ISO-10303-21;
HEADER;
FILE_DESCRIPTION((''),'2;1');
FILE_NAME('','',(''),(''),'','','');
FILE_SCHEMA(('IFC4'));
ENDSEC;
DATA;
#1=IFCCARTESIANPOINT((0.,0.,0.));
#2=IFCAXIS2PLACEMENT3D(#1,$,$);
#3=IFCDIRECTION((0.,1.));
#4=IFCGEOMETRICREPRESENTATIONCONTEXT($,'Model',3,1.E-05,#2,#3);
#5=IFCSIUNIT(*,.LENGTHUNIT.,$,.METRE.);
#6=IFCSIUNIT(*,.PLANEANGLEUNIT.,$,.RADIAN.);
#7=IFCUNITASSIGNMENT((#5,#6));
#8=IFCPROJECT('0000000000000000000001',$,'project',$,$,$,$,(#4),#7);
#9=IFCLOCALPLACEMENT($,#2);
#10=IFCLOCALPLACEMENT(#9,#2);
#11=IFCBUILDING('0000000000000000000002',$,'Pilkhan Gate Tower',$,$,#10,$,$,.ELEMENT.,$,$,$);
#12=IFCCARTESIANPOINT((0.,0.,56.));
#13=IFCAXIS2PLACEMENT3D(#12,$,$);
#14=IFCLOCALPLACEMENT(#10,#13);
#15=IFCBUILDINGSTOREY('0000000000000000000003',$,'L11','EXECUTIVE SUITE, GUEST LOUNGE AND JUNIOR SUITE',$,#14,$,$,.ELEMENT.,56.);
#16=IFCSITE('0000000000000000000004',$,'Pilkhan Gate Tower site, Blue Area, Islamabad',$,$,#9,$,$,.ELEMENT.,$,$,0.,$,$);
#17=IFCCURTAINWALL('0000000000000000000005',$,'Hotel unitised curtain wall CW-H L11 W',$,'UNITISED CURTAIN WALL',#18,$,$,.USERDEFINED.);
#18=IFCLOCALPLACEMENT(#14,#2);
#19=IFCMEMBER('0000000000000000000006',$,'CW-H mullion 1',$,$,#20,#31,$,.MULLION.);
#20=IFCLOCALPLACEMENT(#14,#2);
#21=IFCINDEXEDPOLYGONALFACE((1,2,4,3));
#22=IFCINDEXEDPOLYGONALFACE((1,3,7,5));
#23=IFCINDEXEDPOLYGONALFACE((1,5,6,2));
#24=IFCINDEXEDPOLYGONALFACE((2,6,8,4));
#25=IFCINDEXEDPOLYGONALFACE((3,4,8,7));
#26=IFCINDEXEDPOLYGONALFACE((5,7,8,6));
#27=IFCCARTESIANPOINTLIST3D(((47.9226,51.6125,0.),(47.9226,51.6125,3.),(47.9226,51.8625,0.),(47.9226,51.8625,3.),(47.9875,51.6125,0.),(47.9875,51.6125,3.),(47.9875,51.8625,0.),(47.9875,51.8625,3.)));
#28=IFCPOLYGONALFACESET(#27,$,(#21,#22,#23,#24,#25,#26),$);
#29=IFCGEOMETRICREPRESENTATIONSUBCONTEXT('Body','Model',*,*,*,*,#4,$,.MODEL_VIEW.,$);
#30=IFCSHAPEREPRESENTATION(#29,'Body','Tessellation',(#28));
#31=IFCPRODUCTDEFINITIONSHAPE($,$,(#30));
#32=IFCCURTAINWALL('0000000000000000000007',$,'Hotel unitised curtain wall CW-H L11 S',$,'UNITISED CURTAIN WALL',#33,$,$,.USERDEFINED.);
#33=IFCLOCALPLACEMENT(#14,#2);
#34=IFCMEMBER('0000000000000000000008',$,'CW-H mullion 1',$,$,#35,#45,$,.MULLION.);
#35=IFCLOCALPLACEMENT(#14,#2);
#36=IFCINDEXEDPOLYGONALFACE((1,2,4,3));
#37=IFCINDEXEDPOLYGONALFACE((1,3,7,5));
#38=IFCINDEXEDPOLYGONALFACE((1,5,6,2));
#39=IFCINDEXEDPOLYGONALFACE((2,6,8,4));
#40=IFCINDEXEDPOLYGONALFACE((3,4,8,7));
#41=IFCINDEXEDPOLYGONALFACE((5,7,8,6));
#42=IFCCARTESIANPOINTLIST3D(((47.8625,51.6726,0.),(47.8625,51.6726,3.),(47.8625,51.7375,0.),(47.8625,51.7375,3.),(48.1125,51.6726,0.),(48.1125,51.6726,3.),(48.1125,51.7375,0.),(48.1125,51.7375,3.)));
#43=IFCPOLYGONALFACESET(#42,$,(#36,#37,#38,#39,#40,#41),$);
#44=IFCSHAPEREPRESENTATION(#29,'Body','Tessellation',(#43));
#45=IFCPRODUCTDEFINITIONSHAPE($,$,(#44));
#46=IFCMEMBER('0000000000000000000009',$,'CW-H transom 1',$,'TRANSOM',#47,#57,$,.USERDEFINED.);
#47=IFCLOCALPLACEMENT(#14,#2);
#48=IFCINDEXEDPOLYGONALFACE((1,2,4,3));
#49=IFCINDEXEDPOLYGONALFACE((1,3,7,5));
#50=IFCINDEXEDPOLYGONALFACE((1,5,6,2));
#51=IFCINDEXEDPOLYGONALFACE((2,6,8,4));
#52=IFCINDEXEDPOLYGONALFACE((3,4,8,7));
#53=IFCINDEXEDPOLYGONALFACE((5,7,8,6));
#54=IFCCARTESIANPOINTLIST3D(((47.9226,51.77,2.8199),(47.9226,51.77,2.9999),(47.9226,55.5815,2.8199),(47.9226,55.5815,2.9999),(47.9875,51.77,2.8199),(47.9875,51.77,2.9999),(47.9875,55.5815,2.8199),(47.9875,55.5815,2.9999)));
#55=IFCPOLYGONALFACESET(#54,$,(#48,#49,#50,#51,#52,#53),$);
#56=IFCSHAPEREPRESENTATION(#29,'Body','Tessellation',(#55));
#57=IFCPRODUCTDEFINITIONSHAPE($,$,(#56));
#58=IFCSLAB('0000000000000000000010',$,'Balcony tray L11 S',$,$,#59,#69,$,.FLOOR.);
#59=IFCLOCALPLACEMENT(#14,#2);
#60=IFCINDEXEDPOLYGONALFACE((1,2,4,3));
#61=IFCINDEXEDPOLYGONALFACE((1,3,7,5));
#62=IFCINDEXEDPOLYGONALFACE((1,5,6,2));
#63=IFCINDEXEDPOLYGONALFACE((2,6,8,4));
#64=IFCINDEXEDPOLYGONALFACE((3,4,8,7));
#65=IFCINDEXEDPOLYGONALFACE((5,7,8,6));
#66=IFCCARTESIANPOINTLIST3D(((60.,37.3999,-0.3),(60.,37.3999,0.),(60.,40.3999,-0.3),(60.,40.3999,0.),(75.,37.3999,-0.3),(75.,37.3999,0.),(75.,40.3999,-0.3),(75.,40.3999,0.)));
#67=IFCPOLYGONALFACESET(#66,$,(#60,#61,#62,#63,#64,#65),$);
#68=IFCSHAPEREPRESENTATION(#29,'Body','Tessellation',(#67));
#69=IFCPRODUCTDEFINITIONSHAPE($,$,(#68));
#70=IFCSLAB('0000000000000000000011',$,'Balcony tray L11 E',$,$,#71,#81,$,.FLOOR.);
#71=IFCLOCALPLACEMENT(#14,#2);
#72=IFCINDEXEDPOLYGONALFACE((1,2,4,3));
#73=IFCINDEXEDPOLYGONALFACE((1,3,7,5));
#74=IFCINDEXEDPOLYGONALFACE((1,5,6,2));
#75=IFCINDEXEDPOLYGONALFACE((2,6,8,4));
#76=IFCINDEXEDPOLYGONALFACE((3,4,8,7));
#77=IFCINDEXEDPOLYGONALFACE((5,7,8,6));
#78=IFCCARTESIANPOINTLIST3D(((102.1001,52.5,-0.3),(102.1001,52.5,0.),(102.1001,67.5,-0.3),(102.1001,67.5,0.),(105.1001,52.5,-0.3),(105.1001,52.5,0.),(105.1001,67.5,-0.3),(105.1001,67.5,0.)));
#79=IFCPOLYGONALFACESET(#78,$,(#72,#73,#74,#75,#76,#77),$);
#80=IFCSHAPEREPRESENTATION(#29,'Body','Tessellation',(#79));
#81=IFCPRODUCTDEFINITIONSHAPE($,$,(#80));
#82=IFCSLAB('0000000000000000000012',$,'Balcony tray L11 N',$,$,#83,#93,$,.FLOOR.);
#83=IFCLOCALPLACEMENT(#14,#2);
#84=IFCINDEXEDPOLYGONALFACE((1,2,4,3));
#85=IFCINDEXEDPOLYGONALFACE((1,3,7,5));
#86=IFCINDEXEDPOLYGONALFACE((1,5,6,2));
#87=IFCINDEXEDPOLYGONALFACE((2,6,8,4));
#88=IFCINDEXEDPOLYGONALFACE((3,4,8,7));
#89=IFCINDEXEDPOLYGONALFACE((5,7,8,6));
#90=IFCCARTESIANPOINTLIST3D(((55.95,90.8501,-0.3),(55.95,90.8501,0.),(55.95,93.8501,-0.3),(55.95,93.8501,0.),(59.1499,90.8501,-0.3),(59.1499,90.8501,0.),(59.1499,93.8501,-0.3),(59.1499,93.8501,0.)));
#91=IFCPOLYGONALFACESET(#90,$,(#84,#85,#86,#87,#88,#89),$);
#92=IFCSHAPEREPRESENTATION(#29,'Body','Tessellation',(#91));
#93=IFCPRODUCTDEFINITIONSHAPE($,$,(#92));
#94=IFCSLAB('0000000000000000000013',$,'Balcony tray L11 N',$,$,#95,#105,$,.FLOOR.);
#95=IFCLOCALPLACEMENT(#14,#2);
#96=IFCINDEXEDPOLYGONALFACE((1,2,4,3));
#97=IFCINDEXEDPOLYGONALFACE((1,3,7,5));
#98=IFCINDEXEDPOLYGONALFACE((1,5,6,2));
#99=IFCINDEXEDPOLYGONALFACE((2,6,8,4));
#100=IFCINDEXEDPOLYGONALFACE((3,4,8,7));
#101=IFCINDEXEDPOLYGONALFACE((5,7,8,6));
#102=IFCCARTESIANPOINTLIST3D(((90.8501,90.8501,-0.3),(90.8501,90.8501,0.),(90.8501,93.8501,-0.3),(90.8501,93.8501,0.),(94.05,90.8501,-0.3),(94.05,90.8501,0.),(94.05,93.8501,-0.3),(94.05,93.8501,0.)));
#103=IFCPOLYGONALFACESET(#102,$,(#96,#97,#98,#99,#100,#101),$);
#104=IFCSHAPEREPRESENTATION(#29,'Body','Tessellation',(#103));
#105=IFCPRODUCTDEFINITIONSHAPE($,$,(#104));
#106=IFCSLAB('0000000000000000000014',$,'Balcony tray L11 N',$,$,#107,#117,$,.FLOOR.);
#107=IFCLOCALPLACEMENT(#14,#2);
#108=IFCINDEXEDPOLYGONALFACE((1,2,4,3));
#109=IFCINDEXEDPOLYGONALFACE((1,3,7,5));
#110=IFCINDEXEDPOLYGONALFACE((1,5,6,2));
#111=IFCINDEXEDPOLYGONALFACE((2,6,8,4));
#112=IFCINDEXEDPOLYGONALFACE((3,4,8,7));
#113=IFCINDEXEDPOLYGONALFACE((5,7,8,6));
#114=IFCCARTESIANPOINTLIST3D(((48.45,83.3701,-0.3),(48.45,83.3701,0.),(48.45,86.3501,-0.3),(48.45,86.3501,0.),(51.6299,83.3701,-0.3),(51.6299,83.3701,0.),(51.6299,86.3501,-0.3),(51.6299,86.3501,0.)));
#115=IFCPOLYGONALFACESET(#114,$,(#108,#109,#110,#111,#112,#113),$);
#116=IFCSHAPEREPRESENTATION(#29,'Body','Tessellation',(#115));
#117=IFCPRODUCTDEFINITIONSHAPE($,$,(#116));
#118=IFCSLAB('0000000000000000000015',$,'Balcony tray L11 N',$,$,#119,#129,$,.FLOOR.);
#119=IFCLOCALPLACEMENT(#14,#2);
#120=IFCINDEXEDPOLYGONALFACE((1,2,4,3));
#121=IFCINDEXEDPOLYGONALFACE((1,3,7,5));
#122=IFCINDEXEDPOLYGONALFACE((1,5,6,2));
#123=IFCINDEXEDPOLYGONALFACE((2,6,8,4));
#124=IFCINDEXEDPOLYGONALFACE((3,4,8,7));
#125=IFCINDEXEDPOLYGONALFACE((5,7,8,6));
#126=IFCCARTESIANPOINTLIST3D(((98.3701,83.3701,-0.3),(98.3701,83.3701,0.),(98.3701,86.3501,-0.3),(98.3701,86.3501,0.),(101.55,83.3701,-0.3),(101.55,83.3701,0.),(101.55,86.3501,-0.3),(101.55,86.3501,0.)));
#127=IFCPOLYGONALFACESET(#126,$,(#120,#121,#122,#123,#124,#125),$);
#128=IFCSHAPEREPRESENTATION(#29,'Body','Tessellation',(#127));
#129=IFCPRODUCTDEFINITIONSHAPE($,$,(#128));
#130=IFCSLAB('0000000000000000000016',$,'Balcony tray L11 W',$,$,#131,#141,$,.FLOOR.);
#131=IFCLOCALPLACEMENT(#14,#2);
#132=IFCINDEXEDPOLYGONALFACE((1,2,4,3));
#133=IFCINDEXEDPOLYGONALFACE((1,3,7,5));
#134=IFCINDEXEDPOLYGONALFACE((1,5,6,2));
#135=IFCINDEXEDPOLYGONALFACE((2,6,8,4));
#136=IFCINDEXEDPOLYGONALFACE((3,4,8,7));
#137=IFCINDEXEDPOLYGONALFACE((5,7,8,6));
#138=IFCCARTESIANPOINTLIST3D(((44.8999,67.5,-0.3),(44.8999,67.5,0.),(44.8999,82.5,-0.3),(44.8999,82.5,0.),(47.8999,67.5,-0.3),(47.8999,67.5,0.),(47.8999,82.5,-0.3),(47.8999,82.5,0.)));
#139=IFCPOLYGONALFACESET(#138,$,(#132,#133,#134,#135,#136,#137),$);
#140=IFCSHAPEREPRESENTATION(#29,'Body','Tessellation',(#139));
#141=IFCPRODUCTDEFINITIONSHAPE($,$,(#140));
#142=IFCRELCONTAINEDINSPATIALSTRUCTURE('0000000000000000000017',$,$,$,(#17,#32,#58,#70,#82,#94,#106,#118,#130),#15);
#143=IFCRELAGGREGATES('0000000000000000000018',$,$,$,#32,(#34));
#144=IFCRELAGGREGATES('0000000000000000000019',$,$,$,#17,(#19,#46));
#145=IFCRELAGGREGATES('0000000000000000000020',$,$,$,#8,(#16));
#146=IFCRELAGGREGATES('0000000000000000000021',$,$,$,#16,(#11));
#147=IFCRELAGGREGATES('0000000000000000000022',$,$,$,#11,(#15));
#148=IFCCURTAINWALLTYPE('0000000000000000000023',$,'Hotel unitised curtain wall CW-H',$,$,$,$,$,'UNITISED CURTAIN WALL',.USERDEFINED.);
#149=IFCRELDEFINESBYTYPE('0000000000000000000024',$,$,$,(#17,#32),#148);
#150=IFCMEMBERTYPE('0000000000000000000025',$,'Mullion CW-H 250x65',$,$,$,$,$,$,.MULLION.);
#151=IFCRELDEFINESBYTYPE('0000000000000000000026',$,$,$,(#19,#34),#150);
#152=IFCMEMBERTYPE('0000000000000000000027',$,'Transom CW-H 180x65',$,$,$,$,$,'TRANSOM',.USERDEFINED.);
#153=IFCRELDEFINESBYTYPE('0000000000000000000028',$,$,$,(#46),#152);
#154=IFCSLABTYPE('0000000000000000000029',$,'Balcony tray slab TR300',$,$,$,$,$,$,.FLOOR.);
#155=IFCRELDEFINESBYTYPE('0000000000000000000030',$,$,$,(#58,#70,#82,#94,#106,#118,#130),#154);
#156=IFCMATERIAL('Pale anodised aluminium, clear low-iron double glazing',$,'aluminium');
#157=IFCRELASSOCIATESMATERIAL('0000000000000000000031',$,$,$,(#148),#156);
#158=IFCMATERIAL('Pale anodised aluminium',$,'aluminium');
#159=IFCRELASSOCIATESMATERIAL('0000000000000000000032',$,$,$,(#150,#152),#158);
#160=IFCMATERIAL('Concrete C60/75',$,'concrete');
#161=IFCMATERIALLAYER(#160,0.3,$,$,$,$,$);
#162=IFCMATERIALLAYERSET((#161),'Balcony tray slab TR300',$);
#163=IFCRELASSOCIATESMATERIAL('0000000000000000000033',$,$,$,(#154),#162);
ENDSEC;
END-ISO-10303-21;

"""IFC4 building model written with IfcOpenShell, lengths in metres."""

from ifc_helpers import new_model, si_unit, direction, frame, origin, origin_2d, place, context, subcontext, project, spatial, polyline, rectangle, outline, extrude, material, layer, layer_set, material_profile, profile_set, type_object, element, aggregate, save


model = new_model("IFC4")

# Units and contexts
model_context = context("Model", 3, precision=1e-05, world=origin(), true_north=direction((0.0, 1.0)))
body_context = subcontext(model_context, "Body", "Model", "MODEL_VIEW")
ifc_project = project(units=[si_unit("LENGTHUNIT", "METRE"), si_unit("PLANEANGLEUNIT", "RADIAN")], contexts=[model_context])

# Site, building, storey
site_placement = place(None, origin())
site = spatial("IfcSite", under=ifc_project, at=site_placement, Name="Pilkhan Gate Tower site, Blue Area, Islamabad", CompositionType="ELEMENT", RefElevation=0.0)
building_placement = place(site_placement, origin())
building = spatial("IfcBuilding", under=site, at=building_placement, Name="Pilkhan Gate Tower", CompositionType="ELEMENT")
storey_placement = place(building_placement, frame((0.0, 0.0, 56.0)))
storey = spatial("IfcBuildingStorey", under=building, at=storey_placement, Name="L11", Description="EXECUTIVE SUITE, GUEST LOUNGE AND JUNIOR SUITE", CompositionType="ELEMENT", Elevation=56.0)

# Curtain walls, members
ifc_material_1 = material(Name="Pale anodised aluminium, clear low-iron double glazing", Category="aluminium")
curtain_wall_type = type_object("IfcCurtainWallType", Name="Hotel unitised curtain wall CW-H", ElementType="UNITISED CURTAIN WALL", PredefinedType="USERDEFINED", material=ifc_material_1)
curtain_wall_1_placement = place(storey_placement, origin())
curtain_wall_1 = element("IfcCurtainWall", 1, at=curtain_wall_1_placement, inside=storey, type_object=curtain_wall_type, Name="Hotel unitised curtain wall CW-H L11 W", ObjectType="UNITISED CURTAIN WALL", PredefinedType="USERDEFINED")
ifc_material_2 = material(Name="Pale anodised aluminium", Category="aluminium")
ifc_material_profile_1 = material_profile(ifc_material_2, rectangle(XDim=0.0649, YDim=0.25, at=origin_2d()), Name="Mullion 250x65")
ifc_profile_set_1 = profile_set([ifc_material_profile_1], Name="Pale anodised aluminium")
member_type_1 = type_object("IfcMemberType", Name="Mullion CW-H 250x65", PredefinedType="MULLION", material=ifc_profile_set_1)
member_1_placement = place(storey_placement, frame((47.9551, 51.7375, 0.0), z_axis=(0.0, 0.0, 1.0), x_axis=(-1.0, 0.0, 0.0)))
member_1 = element("IfcMember", 2, at=member_1_placement, type_object=member_type_1, Name="CW-H mullion 1", PredefinedType="MULLION", context=body_context, shape_type="SweptSolid", body=[
    extrude(rectangle(XDim=0.0649, YDim=0.25, at=origin_2d()), origin(), (0.0, 0.0, 1.0), 3.0),
])
curtain_wall_2_placement = place(storey_placement, origin())
curtain_wall_2 = element("IfcCurtainWall", 3, at=curtain_wall_2_placement, inside=storey, type_object=curtain_wall_type, Name="Hotel unitised curtain wall CW-H L11 S", ObjectType="UNITISED CURTAIN WALL", PredefinedType="USERDEFINED")
member_2_placement = place(storey_placement, frame((47.9875, 51.7051, 0.0), z_axis=(0.0, 0.0, 1.0), x_axis=(0.0, 1.0, 0.0)))
member_2 = element("IfcMember", 4, at=member_2_placement, type_object=member_type_1, Name="CW-H mullion 1", PredefinedType="MULLION", context=body_context, shape_type="SweptSolid", body=[
    extrude(rectangle(XDim=0.0649, YDim=0.25, at=origin_2d()), origin(), (0.0, 0.0, 1.0), 3.0),
])
aggregate(curtain_wall_2, [member_2])

# Member
ifc_material_profile_2 = material_profile(ifc_material_2, rectangle(XDim=0.0649, YDim=0.1799, at=origin_2d()), Name="Transom 180x65")
ifc_profile_set_2 = profile_set([ifc_material_profile_2], Name="Pale anodised aluminium")
member_type_2 = type_object("IfcMemberType", Name="Transom CW-H 180x65", ElementType="TRANSOM", PredefinedType="USERDEFINED", material=ifc_profile_set_2)
member_3_placement = place(storey_placement, frame((47.9551, 51.77, 2.9099), z_axis=(0.0, 1.0, 0.0), x_axis=(-1.0, 0.0, 0.0)))
member_3 = element("IfcMember", 5, at=member_3_placement, type_object=member_type_2, Name="CW-H transom 1", ObjectType="TRANSOM", PredefinedType="USERDEFINED", context=body_context, shape_type="SweptSolid", body=[
    extrude(rectangle(XDim=0.0649, YDim=0.1799, at=origin_2d()), origin(), (0.0, 0.0, 1.0), 3.8115),
])
aggregate(curtain_wall_1, [member_1, member_3])

# Slabs
ifc_material_3 = material(Name="Concrete C60/75", Category="concrete")
ifc_layer_1 = layer(ifc_material_3, 0.3)
ifc_layer_set_1 = layer_set([ifc_layer_1], Name="Balcony tray slab TR300")
slab_type_1 = type_object("IfcSlabType", Name="Balcony tray slab TR300", PredefinedType="FLOOR", material=ifc_layer_set_1)
slab_1_placement = place(storey_placement, frame((0.0, 0.0, -0.3)))
element("IfcSlab", 6, at=slab_1_placement, inside=storey, type_object=slab_type_1, Name="Balcony tray L11 S", PredefinedType="FLOOR", context=body_context, shape_type="SweptSolid", body=[
    extrude(outline(polyline([(75.0, 37.3999), (75.0, 40.3999), (60.0, 40.3999), (60.0, 37.3999), (75.0, 37.3999)])), origin(), (0.0, 0.0, 1.0), 0.3),
])
slab_2_placement = place(storey_placement, frame((0.0, 0.0, -0.3)))
element("IfcSlab", 7, at=slab_2_placement, inside=storey, type_object=slab_type_1, Name="Balcony tray L11 E", PredefinedType="FLOOR", context=body_context, shape_type="SweptSolid", body=[
    extrude(outline(polyline([(105.1001, 52.5), (105.1001, 67.5), (102.1001, 67.5), (102.1001, 52.5), (105.1001, 52.5)])), origin(), (0.0, 0.0, 1.0), 0.3),
])
slab_3_placement = place(storey_placement, frame((0.0, 0.0, -0.3)))
element("IfcSlab", 8, at=slab_3_placement, inside=storey, type_object=slab_type_1, Name="Balcony tray L11 N", PredefinedType="FLOOR", context=body_context, shape_type="SweptSolid", body=[
    extrude(outline(polyline([(59.1499, 90.8501), (59.1499, 93.8501), (55.95, 93.8501), (55.95, 90.8501), (59.1499, 90.8501)])), origin(), (0.0, 0.0, 1.0), 0.3),
])
slab_4_placement = place(storey_placement, frame((0.0, 0.0, -0.3)))
element("IfcSlab", 9, at=slab_4_placement, inside=storey, type_object=slab_type_1, Name="Balcony tray L11 N", PredefinedType="FLOOR", context=body_context, shape_type="SweptSolid", body=[
    extrude(outline(polyline([(94.05, 90.8501), (94.05, 93.8501), (90.8501, 93.8501), (90.8501, 90.8501), (94.05, 90.8501)])), origin(), (0.0, 0.0, 1.0), 0.3),
])
slab_5_placement = place(storey_placement, frame((0.0, 0.0, -0.3)))
element("IfcSlab", 10, at=slab_5_placement, inside=storey, type_object=slab_type_1, Name="Balcony tray L11 N", PredefinedType="FLOOR", context=body_context, shape_type="SweptSolid", body=[
    extrude(outline(polyline([(51.6299, 83.3701), (51.6299, 86.3501), (48.45, 86.3501), (48.45, 83.3701), (51.6299, 83.3701)])), origin(), (0.0, 0.0, 1.0), 0.3),
])
slab_6_placement = place(storey_placement, frame((0.0, 0.0, -0.3)))
element("IfcSlab", 11, at=slab_6_placement, inside=storey, type_object=slab_type_1, Name="Balcony tray L11 N", PredefinedType="FLOOR", context=body_context, shape_type="SweptSolid", body=[
    extrude(outline(polyline([(101.55, 83.3701), (101.55, 86.3501), (98.3701, 86.3501), (98.3701, 83.3701), (101.55, 83.3701)])), origin(), (0.0, 0.0, 1.0), 0.3),
])
slab_7_placement = place(storey_placement, frame((0.0, 0.0, -0.3)))
element("IfcSlab", 12, at=slab_7_placement, inside=storey, type_object=slab_type_1, Name="Balcony tray L11 W", PredefinedType="FLOOR", context=body_context, shape_type="SweptSolid", body=[
    extrude(outline(polyline([(47.8999, 67.5), (47.8999, 82.5), (44.8999, 82.5), (44.8999, 67.5), (47.8999, 67.5)])), origin(), (0.0, 0.0, 1.0), 0.3),
])

save(model, "model.ifc")
